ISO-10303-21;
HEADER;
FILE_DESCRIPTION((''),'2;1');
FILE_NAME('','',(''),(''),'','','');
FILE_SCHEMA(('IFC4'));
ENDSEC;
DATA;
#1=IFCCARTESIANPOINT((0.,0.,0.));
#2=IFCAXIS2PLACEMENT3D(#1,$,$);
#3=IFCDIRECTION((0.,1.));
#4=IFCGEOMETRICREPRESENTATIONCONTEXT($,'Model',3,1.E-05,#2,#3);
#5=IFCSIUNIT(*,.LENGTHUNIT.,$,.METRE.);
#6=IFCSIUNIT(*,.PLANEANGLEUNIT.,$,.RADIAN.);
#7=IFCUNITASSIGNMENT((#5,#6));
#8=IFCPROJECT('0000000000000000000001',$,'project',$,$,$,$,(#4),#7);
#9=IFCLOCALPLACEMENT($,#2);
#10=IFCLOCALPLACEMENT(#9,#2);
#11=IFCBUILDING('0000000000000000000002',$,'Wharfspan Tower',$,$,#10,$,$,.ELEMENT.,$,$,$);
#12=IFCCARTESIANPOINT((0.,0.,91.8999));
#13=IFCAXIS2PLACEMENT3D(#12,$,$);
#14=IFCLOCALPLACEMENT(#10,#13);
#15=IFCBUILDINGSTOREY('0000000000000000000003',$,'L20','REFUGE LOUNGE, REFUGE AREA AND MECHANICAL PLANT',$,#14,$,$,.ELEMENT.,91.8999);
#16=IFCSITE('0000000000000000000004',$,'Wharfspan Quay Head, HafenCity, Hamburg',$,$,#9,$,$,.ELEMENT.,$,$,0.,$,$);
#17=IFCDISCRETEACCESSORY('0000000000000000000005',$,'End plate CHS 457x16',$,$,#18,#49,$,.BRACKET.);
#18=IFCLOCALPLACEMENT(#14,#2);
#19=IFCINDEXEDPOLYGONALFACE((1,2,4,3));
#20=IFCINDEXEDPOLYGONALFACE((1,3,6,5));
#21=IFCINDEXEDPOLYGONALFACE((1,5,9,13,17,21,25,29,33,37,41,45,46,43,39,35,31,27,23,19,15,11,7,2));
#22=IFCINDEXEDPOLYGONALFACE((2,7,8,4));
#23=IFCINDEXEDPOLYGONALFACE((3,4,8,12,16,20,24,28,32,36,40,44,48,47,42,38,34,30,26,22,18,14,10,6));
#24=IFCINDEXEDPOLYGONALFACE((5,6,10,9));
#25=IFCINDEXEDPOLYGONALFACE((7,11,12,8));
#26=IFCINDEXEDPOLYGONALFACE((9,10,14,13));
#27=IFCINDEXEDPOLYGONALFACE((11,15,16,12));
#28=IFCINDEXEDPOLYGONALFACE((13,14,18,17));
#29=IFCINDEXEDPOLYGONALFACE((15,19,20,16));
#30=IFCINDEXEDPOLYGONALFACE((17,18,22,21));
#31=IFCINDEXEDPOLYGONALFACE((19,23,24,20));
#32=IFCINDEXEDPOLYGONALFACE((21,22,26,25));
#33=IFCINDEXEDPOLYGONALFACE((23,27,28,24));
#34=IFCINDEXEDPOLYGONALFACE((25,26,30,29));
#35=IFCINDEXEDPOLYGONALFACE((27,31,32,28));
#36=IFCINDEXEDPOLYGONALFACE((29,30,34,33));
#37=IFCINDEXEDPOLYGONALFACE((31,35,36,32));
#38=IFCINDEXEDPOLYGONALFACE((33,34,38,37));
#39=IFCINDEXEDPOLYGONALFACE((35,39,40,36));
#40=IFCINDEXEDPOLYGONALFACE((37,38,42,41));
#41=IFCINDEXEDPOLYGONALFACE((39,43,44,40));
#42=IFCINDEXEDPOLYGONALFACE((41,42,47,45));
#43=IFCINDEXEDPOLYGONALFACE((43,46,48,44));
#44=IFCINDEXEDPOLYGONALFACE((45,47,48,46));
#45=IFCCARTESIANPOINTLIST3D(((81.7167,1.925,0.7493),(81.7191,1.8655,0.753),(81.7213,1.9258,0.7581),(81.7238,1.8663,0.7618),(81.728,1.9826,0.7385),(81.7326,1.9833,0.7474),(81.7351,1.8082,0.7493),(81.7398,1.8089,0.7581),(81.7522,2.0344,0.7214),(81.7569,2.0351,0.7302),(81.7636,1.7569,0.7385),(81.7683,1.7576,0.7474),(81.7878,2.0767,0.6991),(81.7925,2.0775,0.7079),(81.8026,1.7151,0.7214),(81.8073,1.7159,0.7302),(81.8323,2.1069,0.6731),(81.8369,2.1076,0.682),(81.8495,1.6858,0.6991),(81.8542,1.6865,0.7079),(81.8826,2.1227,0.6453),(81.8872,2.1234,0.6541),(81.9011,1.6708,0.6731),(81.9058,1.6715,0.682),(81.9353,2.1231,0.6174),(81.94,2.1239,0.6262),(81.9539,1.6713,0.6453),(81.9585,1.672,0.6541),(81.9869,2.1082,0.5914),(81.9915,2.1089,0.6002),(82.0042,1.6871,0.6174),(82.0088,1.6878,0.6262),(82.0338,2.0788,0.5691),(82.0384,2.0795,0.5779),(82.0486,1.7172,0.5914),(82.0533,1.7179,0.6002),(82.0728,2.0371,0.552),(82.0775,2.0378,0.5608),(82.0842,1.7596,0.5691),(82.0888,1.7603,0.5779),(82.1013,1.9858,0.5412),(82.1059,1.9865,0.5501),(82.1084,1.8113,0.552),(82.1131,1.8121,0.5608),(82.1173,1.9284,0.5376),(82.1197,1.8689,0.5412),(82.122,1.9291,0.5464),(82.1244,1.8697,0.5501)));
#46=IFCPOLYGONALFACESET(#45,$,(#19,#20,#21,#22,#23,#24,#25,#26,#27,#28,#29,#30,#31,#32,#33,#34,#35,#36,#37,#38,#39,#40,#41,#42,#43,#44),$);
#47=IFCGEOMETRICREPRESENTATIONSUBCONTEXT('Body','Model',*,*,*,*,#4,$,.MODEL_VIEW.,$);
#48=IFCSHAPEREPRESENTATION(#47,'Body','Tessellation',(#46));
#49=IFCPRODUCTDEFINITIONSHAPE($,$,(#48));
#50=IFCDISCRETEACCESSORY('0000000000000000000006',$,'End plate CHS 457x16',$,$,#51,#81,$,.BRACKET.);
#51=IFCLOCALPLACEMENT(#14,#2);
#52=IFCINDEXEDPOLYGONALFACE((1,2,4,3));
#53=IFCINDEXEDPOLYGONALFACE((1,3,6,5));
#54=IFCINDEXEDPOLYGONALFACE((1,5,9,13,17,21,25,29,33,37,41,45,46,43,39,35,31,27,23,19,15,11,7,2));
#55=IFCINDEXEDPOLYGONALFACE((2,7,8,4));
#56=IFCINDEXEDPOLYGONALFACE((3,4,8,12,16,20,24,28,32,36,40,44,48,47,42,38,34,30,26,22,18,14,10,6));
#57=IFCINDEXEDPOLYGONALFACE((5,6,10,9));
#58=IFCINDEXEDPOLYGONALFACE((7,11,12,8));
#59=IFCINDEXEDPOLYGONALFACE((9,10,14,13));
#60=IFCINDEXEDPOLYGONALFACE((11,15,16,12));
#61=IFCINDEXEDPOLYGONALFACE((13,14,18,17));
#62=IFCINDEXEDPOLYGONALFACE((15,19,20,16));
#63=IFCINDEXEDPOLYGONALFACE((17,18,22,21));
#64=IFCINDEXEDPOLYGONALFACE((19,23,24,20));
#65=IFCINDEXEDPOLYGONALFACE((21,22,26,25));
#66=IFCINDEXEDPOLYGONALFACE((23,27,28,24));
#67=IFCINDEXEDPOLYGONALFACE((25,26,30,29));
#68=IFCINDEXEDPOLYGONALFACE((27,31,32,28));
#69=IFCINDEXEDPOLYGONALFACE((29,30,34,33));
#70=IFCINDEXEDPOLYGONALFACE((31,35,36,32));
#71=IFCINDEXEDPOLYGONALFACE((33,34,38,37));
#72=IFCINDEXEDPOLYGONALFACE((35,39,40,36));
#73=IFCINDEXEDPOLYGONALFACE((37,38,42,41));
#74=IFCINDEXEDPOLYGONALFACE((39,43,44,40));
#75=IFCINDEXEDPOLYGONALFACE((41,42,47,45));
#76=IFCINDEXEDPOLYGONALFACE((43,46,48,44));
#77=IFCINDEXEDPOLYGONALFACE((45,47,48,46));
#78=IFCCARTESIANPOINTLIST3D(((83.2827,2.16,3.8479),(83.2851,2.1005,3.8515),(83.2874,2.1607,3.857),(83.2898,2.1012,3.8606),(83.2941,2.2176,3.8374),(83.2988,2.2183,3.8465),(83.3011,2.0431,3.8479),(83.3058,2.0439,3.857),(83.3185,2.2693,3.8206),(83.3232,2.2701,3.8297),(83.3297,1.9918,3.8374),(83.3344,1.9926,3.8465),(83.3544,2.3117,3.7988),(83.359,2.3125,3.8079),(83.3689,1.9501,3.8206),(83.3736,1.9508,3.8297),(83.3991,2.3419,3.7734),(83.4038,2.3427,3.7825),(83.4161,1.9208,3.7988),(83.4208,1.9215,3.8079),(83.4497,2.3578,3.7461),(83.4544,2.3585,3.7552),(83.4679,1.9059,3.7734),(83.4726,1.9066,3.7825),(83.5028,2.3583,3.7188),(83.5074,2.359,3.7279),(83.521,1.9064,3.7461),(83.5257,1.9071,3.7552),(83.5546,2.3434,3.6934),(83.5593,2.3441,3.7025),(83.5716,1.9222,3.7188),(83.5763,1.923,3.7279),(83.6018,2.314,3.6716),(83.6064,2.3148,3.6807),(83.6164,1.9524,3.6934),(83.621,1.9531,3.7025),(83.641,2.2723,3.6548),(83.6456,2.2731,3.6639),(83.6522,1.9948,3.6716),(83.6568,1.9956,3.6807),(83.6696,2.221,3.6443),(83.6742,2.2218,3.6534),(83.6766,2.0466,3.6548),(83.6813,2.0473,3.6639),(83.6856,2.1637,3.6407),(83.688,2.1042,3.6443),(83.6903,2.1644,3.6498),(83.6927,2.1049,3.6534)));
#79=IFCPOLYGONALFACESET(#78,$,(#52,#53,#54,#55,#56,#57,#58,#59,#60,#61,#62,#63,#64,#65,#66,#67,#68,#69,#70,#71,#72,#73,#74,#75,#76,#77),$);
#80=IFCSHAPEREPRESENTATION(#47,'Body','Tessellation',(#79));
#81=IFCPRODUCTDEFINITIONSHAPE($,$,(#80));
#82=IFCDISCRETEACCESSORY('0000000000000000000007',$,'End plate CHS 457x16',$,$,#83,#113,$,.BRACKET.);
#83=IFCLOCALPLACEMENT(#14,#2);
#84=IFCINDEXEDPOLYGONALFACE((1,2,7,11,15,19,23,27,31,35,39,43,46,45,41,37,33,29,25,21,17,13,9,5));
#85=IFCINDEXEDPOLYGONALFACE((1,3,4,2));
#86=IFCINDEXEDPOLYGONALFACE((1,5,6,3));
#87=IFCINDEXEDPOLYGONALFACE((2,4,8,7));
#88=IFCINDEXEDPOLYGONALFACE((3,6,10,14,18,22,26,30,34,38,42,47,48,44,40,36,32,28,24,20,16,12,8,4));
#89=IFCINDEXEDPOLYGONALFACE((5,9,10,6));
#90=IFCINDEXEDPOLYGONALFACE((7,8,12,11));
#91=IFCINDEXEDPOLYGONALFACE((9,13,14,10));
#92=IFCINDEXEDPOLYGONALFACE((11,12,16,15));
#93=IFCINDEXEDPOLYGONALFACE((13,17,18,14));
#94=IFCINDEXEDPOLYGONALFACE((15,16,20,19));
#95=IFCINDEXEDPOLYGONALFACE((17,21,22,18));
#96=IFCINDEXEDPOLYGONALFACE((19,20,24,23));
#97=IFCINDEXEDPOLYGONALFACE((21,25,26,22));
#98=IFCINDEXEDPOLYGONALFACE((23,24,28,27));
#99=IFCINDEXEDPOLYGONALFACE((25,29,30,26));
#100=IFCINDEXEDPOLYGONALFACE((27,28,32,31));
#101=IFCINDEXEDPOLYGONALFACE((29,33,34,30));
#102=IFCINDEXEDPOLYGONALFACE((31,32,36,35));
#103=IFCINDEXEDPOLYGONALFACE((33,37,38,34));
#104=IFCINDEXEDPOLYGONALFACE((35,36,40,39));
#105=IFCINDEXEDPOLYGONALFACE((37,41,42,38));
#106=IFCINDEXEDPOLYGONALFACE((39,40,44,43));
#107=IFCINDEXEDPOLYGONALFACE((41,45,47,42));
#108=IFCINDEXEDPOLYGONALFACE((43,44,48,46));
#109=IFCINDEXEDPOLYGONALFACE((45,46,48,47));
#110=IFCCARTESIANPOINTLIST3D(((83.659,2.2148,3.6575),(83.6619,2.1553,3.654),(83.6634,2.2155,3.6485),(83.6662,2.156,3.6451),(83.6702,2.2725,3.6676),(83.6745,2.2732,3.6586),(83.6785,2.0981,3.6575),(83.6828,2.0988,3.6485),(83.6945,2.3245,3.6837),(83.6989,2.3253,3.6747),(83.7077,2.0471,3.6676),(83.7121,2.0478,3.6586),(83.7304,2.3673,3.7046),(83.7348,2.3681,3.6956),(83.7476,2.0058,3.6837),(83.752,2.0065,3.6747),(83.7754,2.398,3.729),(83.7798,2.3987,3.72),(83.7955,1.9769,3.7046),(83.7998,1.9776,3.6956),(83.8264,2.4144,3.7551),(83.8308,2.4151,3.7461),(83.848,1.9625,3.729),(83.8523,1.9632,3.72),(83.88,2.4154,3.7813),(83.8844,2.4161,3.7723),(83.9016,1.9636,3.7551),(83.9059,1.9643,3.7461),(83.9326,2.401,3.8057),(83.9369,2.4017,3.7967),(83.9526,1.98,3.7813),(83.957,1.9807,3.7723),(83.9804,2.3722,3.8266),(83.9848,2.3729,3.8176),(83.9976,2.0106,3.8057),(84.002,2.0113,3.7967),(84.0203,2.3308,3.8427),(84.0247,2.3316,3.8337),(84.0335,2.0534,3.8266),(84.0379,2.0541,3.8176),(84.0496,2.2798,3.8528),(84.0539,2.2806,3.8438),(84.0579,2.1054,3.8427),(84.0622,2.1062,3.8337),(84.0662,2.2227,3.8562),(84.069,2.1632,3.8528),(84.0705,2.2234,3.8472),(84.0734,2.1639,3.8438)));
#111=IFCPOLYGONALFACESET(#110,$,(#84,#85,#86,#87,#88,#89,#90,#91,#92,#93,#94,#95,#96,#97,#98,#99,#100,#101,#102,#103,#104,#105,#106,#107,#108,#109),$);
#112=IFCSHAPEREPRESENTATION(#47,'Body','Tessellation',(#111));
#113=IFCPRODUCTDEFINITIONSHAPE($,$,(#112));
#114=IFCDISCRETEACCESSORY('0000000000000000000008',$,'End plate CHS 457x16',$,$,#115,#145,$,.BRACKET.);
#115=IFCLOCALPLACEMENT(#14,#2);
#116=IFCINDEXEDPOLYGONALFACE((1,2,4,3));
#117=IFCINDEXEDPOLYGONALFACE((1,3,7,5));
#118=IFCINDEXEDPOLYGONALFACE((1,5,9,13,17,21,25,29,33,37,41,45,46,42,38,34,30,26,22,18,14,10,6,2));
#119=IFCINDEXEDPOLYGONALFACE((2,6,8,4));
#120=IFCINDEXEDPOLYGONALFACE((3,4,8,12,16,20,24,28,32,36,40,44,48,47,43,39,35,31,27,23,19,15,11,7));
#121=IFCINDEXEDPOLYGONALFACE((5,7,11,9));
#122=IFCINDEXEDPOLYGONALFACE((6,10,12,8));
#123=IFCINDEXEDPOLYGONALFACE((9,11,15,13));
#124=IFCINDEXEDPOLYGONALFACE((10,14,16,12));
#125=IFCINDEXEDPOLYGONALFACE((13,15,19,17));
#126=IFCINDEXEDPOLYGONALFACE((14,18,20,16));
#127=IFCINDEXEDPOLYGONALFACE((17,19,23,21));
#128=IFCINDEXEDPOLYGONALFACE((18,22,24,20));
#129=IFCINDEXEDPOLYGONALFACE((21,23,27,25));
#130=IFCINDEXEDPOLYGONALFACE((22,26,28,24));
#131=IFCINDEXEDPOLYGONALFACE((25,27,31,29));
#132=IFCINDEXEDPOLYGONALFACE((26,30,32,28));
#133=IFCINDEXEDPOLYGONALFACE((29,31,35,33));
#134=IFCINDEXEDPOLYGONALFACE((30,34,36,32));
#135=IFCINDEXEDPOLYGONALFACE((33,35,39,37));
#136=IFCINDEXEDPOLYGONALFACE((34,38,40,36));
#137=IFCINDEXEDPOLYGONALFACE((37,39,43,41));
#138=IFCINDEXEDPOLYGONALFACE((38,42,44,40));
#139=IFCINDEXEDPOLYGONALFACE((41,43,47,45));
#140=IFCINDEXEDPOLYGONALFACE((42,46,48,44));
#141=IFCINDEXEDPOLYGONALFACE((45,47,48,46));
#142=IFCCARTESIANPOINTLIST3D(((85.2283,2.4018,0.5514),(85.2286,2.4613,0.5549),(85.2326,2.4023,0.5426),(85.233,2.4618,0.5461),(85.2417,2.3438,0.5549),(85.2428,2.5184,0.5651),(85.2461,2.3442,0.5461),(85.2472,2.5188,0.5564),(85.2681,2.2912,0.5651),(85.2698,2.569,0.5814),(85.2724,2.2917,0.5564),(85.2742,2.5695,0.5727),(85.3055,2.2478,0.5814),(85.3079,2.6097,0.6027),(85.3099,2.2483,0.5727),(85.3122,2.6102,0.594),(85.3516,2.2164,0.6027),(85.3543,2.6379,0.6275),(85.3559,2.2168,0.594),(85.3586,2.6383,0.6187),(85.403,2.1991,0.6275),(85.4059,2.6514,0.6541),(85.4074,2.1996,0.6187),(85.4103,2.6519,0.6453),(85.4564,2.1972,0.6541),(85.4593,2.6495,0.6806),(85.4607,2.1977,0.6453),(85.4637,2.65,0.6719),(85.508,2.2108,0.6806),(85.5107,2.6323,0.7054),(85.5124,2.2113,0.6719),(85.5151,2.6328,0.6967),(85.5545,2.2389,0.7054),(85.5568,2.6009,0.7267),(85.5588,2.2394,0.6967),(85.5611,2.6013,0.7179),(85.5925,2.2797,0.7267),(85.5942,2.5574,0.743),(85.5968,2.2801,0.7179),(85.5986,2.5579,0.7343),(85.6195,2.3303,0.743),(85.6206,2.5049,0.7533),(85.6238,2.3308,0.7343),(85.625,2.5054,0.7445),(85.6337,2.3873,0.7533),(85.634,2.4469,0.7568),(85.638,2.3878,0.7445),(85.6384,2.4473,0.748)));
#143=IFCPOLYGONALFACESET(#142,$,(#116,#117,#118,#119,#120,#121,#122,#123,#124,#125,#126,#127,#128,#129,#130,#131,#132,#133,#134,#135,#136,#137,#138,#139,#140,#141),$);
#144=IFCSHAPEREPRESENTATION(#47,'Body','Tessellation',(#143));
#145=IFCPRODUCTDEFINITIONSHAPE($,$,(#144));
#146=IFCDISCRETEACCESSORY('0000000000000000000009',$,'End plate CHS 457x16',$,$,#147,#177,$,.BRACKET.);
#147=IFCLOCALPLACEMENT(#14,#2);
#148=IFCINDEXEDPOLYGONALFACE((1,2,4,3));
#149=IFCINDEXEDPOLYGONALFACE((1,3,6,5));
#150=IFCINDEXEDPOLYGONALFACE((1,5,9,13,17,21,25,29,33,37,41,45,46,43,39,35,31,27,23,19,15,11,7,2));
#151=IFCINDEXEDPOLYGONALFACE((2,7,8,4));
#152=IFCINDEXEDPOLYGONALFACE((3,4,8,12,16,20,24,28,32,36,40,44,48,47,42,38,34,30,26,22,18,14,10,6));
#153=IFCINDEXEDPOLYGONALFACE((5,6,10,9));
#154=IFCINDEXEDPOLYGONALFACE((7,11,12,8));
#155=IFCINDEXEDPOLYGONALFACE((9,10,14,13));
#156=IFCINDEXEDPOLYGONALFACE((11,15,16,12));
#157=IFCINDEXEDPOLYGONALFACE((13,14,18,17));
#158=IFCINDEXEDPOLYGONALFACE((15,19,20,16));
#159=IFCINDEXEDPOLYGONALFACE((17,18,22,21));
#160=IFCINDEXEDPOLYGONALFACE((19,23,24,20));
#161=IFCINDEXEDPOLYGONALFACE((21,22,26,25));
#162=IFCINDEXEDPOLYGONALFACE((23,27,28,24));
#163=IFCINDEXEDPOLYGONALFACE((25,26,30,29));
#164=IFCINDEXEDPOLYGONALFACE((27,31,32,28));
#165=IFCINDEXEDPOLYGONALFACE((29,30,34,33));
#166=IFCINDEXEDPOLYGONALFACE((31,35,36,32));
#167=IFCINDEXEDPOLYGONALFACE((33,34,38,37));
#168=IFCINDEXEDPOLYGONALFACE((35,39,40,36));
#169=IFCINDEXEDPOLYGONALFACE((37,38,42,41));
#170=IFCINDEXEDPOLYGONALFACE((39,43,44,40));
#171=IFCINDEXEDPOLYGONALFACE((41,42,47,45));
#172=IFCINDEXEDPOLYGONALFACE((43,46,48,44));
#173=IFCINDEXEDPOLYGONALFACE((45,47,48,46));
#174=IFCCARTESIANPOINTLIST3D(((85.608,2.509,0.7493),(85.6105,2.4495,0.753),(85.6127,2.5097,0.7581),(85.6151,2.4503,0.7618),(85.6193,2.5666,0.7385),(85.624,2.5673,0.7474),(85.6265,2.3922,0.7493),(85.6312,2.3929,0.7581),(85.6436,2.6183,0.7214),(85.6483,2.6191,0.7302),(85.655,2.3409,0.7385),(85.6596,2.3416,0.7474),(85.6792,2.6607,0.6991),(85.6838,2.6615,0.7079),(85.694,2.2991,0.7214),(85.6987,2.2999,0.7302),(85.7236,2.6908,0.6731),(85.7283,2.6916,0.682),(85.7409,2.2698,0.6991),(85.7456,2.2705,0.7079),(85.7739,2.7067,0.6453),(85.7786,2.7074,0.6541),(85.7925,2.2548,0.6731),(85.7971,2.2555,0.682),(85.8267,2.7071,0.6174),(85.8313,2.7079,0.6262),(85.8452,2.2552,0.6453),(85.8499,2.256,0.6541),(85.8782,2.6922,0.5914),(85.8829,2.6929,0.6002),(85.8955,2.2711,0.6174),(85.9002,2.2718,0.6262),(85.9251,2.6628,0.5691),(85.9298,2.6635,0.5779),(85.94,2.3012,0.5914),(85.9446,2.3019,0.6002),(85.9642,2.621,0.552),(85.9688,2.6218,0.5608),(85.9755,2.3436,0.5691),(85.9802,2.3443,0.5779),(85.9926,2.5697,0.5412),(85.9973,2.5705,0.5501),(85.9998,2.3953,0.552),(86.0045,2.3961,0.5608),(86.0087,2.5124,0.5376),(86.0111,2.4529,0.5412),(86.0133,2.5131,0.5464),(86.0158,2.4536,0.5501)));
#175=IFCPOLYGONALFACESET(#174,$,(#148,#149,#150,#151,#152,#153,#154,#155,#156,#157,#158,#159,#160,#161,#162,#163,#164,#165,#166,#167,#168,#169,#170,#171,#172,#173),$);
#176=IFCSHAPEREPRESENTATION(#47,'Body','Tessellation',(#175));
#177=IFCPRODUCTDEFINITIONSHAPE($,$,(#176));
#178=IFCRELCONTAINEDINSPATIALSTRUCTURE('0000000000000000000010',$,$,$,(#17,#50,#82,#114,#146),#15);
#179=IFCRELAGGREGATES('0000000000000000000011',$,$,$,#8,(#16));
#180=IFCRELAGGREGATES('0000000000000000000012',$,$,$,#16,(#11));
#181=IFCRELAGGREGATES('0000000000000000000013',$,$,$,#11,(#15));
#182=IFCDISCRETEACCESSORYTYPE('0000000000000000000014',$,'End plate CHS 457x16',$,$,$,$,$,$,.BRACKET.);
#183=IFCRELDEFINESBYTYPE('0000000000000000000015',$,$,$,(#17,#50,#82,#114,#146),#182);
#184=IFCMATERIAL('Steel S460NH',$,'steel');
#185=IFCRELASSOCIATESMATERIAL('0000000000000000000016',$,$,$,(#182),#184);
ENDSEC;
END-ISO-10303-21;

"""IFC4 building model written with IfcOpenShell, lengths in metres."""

from ifc_helpers import new_model, si_unit, direction, frame, origin, origin_2d, place, context, subcontext, project, spatial, circle, extrude, material, material_profile, profile_set, type_object, element, save


model = new_model("IFC4")

# Units and contexts
model_context = context("Model", 3, precision=1e-05, world=origin(), true_north=direction((0.0, 1.0)))
body_context = subcontext(model_context, "Body", "Model", "MODEL_VIEW")
ifc_project = project(units=[si_unit("LENGTHUNIT", "METRE"), si_unit("PLANEANGLEUNIT", "RADIAN")], contexts=[model_context])

# Site, building, storey
site_placement = place(None, origin())
site = spatial("IfcSite", under=ifc_project, at=site_placement, Name="Wharfspan Quay Head, HafenCity, Hamburg", CompositionType="ELEMENT", RefElevation=0.0)
building_placement = place(site_placement, origin())
building = spatial("IfcBuilding", under=site, at=building_placement, Name="Wharfspan Tower", CompositionType="ELEMENT")
storey_placement = place(building_placement, frame((0.0, 0.0, 91.8999)))
storey = spatial("IfcBuildingStorey", under=building, at=storey_placement, Name="L20", Description="REFUGE LOUNGE, REFUGE AREA AND MECHANICAL PLANT", CompositionType="ELEMENT", Elevation=91.8999)

# Shared definitions
ifc_material_1 = material(Name="Steel S460NH", Category="steel")

# Discrete accessories
ifc_material_profile_1 = material_profile(ifc_material_1, circle(Radius=0.2285, at=origin_2d()))
ifc_profile_set_1 = profile_set([ifc_material_profile_1], Name="Steel S460NH")
discrete_accessory_type_1 = type_object("IfcDiscreteAccessoryType", Name="End plate CHS 457x16", PredefinedType="BRACKET", material=ifc_profile_set_1)
discrete_accessory_1_placement = place(storey_placement, frame((81.9182, 1.897, 0.6453), z_axis=(0.465496, 0.073499, 0.881993), x_axis=(-0.155964, 0.987765, 0.000001)))
element("IfcDiscreteAccessory", 1, at=discrete_accessory_1_placement, inside=storey, type_object=discrete_accessory_type_1, Name="End plate CHS 457x16", PredefinedType="BRACKET", context=body_context, shape_type="SweptSolid", body=[
    extrude(circle(Radius=0.2285, at=origin_2d()), origin(), (0.0, 0.0, 1.0), 0.01),
])
discrete_accessory_2_placement = place(storey_placement, frame((83.4854, 2.1321, 3.7461), z_axis=(0.455621, 0.07194, 0.887262), x_axis=(-0.155964, 0.987762, 0.000001)))
element("IfcDiscreteAccessory", 2, at=discrete_accessory_2_placement, inside=storey, type_object=discrete_accessory_type_1, Name="End plate CHS 457x16", PredefinedType="BRACKET", context=body_context, shape_type="SweptSolid", body=[
    extrude(circle(Radius=0.2285, at=origin_2d()), origin(), (0.0, 0.0, 1.0), 0.0103),
])
discrete_accessory_3_placement = place(storey_placement, frame((83.864, 2.189, 3.7551), z_axis=(0.436308, 0.072718, -0.896854), x_axis=(-0.164399, 0.986394, 0.0)))
element("IfcDiscreteAccessory", 3, at=discrete_accessory_3_placement, inside=storey, type_object=discrete_accessory_type_1, Name="End plate CHS 457x16", PredefinedType="BRACKET", context=body_context, shape_type="SweptSolid", body=[
    extrude(circle(Radius=0.2285, at=origin_2d()), origin(), (0.0, 0.0, 1.0), 0.01),
])
discrete_accessory_4_placement = place(storey_placement, frame((85.4312, 2.4243, 0.6541), z_axis=(0.446663, 0.049629, -0.893325), x_axis=(-0.110431, 0.993883, 0.0)))
element("IfcDiscreteAccessory", 4, at=discrete_accessory_4_placement, inside=storey, type_object=discrete_accessory_type_1, Name="End plate CHS 457x16", PredefinedType="BRACKET", context=body_context, shape_type="SweptSolid", body=[
    extrude(circle(Radius=0.2285, at=origin_2d()), origin(), (0.0, 0.0, 1.0), 0.0098),
])
discrete_accessory_5_placement = place(storey_placement, frame((85.8096, 2.481, 0.6453), z_axis=(0.465496, 0.073499, 0.881993), x_axis=(-0.155964, 0.987765, 0.000001)))
element("IfcDiscreteAccessory", 5, at=discrete_accessory_5_placement, inside=storey, type_object=discrete_accessory_type_1, Name="End plate CHS 457x16", PredefinedType="BRACKET", context=body_context, shape_type="SweptSolid", body=[
    extrude(circle(Radius=0.2285, at=origin_2d()), origin(), (0.0, 0.0, 1.0), 0.01),
])

save(model, "model.ifc")
